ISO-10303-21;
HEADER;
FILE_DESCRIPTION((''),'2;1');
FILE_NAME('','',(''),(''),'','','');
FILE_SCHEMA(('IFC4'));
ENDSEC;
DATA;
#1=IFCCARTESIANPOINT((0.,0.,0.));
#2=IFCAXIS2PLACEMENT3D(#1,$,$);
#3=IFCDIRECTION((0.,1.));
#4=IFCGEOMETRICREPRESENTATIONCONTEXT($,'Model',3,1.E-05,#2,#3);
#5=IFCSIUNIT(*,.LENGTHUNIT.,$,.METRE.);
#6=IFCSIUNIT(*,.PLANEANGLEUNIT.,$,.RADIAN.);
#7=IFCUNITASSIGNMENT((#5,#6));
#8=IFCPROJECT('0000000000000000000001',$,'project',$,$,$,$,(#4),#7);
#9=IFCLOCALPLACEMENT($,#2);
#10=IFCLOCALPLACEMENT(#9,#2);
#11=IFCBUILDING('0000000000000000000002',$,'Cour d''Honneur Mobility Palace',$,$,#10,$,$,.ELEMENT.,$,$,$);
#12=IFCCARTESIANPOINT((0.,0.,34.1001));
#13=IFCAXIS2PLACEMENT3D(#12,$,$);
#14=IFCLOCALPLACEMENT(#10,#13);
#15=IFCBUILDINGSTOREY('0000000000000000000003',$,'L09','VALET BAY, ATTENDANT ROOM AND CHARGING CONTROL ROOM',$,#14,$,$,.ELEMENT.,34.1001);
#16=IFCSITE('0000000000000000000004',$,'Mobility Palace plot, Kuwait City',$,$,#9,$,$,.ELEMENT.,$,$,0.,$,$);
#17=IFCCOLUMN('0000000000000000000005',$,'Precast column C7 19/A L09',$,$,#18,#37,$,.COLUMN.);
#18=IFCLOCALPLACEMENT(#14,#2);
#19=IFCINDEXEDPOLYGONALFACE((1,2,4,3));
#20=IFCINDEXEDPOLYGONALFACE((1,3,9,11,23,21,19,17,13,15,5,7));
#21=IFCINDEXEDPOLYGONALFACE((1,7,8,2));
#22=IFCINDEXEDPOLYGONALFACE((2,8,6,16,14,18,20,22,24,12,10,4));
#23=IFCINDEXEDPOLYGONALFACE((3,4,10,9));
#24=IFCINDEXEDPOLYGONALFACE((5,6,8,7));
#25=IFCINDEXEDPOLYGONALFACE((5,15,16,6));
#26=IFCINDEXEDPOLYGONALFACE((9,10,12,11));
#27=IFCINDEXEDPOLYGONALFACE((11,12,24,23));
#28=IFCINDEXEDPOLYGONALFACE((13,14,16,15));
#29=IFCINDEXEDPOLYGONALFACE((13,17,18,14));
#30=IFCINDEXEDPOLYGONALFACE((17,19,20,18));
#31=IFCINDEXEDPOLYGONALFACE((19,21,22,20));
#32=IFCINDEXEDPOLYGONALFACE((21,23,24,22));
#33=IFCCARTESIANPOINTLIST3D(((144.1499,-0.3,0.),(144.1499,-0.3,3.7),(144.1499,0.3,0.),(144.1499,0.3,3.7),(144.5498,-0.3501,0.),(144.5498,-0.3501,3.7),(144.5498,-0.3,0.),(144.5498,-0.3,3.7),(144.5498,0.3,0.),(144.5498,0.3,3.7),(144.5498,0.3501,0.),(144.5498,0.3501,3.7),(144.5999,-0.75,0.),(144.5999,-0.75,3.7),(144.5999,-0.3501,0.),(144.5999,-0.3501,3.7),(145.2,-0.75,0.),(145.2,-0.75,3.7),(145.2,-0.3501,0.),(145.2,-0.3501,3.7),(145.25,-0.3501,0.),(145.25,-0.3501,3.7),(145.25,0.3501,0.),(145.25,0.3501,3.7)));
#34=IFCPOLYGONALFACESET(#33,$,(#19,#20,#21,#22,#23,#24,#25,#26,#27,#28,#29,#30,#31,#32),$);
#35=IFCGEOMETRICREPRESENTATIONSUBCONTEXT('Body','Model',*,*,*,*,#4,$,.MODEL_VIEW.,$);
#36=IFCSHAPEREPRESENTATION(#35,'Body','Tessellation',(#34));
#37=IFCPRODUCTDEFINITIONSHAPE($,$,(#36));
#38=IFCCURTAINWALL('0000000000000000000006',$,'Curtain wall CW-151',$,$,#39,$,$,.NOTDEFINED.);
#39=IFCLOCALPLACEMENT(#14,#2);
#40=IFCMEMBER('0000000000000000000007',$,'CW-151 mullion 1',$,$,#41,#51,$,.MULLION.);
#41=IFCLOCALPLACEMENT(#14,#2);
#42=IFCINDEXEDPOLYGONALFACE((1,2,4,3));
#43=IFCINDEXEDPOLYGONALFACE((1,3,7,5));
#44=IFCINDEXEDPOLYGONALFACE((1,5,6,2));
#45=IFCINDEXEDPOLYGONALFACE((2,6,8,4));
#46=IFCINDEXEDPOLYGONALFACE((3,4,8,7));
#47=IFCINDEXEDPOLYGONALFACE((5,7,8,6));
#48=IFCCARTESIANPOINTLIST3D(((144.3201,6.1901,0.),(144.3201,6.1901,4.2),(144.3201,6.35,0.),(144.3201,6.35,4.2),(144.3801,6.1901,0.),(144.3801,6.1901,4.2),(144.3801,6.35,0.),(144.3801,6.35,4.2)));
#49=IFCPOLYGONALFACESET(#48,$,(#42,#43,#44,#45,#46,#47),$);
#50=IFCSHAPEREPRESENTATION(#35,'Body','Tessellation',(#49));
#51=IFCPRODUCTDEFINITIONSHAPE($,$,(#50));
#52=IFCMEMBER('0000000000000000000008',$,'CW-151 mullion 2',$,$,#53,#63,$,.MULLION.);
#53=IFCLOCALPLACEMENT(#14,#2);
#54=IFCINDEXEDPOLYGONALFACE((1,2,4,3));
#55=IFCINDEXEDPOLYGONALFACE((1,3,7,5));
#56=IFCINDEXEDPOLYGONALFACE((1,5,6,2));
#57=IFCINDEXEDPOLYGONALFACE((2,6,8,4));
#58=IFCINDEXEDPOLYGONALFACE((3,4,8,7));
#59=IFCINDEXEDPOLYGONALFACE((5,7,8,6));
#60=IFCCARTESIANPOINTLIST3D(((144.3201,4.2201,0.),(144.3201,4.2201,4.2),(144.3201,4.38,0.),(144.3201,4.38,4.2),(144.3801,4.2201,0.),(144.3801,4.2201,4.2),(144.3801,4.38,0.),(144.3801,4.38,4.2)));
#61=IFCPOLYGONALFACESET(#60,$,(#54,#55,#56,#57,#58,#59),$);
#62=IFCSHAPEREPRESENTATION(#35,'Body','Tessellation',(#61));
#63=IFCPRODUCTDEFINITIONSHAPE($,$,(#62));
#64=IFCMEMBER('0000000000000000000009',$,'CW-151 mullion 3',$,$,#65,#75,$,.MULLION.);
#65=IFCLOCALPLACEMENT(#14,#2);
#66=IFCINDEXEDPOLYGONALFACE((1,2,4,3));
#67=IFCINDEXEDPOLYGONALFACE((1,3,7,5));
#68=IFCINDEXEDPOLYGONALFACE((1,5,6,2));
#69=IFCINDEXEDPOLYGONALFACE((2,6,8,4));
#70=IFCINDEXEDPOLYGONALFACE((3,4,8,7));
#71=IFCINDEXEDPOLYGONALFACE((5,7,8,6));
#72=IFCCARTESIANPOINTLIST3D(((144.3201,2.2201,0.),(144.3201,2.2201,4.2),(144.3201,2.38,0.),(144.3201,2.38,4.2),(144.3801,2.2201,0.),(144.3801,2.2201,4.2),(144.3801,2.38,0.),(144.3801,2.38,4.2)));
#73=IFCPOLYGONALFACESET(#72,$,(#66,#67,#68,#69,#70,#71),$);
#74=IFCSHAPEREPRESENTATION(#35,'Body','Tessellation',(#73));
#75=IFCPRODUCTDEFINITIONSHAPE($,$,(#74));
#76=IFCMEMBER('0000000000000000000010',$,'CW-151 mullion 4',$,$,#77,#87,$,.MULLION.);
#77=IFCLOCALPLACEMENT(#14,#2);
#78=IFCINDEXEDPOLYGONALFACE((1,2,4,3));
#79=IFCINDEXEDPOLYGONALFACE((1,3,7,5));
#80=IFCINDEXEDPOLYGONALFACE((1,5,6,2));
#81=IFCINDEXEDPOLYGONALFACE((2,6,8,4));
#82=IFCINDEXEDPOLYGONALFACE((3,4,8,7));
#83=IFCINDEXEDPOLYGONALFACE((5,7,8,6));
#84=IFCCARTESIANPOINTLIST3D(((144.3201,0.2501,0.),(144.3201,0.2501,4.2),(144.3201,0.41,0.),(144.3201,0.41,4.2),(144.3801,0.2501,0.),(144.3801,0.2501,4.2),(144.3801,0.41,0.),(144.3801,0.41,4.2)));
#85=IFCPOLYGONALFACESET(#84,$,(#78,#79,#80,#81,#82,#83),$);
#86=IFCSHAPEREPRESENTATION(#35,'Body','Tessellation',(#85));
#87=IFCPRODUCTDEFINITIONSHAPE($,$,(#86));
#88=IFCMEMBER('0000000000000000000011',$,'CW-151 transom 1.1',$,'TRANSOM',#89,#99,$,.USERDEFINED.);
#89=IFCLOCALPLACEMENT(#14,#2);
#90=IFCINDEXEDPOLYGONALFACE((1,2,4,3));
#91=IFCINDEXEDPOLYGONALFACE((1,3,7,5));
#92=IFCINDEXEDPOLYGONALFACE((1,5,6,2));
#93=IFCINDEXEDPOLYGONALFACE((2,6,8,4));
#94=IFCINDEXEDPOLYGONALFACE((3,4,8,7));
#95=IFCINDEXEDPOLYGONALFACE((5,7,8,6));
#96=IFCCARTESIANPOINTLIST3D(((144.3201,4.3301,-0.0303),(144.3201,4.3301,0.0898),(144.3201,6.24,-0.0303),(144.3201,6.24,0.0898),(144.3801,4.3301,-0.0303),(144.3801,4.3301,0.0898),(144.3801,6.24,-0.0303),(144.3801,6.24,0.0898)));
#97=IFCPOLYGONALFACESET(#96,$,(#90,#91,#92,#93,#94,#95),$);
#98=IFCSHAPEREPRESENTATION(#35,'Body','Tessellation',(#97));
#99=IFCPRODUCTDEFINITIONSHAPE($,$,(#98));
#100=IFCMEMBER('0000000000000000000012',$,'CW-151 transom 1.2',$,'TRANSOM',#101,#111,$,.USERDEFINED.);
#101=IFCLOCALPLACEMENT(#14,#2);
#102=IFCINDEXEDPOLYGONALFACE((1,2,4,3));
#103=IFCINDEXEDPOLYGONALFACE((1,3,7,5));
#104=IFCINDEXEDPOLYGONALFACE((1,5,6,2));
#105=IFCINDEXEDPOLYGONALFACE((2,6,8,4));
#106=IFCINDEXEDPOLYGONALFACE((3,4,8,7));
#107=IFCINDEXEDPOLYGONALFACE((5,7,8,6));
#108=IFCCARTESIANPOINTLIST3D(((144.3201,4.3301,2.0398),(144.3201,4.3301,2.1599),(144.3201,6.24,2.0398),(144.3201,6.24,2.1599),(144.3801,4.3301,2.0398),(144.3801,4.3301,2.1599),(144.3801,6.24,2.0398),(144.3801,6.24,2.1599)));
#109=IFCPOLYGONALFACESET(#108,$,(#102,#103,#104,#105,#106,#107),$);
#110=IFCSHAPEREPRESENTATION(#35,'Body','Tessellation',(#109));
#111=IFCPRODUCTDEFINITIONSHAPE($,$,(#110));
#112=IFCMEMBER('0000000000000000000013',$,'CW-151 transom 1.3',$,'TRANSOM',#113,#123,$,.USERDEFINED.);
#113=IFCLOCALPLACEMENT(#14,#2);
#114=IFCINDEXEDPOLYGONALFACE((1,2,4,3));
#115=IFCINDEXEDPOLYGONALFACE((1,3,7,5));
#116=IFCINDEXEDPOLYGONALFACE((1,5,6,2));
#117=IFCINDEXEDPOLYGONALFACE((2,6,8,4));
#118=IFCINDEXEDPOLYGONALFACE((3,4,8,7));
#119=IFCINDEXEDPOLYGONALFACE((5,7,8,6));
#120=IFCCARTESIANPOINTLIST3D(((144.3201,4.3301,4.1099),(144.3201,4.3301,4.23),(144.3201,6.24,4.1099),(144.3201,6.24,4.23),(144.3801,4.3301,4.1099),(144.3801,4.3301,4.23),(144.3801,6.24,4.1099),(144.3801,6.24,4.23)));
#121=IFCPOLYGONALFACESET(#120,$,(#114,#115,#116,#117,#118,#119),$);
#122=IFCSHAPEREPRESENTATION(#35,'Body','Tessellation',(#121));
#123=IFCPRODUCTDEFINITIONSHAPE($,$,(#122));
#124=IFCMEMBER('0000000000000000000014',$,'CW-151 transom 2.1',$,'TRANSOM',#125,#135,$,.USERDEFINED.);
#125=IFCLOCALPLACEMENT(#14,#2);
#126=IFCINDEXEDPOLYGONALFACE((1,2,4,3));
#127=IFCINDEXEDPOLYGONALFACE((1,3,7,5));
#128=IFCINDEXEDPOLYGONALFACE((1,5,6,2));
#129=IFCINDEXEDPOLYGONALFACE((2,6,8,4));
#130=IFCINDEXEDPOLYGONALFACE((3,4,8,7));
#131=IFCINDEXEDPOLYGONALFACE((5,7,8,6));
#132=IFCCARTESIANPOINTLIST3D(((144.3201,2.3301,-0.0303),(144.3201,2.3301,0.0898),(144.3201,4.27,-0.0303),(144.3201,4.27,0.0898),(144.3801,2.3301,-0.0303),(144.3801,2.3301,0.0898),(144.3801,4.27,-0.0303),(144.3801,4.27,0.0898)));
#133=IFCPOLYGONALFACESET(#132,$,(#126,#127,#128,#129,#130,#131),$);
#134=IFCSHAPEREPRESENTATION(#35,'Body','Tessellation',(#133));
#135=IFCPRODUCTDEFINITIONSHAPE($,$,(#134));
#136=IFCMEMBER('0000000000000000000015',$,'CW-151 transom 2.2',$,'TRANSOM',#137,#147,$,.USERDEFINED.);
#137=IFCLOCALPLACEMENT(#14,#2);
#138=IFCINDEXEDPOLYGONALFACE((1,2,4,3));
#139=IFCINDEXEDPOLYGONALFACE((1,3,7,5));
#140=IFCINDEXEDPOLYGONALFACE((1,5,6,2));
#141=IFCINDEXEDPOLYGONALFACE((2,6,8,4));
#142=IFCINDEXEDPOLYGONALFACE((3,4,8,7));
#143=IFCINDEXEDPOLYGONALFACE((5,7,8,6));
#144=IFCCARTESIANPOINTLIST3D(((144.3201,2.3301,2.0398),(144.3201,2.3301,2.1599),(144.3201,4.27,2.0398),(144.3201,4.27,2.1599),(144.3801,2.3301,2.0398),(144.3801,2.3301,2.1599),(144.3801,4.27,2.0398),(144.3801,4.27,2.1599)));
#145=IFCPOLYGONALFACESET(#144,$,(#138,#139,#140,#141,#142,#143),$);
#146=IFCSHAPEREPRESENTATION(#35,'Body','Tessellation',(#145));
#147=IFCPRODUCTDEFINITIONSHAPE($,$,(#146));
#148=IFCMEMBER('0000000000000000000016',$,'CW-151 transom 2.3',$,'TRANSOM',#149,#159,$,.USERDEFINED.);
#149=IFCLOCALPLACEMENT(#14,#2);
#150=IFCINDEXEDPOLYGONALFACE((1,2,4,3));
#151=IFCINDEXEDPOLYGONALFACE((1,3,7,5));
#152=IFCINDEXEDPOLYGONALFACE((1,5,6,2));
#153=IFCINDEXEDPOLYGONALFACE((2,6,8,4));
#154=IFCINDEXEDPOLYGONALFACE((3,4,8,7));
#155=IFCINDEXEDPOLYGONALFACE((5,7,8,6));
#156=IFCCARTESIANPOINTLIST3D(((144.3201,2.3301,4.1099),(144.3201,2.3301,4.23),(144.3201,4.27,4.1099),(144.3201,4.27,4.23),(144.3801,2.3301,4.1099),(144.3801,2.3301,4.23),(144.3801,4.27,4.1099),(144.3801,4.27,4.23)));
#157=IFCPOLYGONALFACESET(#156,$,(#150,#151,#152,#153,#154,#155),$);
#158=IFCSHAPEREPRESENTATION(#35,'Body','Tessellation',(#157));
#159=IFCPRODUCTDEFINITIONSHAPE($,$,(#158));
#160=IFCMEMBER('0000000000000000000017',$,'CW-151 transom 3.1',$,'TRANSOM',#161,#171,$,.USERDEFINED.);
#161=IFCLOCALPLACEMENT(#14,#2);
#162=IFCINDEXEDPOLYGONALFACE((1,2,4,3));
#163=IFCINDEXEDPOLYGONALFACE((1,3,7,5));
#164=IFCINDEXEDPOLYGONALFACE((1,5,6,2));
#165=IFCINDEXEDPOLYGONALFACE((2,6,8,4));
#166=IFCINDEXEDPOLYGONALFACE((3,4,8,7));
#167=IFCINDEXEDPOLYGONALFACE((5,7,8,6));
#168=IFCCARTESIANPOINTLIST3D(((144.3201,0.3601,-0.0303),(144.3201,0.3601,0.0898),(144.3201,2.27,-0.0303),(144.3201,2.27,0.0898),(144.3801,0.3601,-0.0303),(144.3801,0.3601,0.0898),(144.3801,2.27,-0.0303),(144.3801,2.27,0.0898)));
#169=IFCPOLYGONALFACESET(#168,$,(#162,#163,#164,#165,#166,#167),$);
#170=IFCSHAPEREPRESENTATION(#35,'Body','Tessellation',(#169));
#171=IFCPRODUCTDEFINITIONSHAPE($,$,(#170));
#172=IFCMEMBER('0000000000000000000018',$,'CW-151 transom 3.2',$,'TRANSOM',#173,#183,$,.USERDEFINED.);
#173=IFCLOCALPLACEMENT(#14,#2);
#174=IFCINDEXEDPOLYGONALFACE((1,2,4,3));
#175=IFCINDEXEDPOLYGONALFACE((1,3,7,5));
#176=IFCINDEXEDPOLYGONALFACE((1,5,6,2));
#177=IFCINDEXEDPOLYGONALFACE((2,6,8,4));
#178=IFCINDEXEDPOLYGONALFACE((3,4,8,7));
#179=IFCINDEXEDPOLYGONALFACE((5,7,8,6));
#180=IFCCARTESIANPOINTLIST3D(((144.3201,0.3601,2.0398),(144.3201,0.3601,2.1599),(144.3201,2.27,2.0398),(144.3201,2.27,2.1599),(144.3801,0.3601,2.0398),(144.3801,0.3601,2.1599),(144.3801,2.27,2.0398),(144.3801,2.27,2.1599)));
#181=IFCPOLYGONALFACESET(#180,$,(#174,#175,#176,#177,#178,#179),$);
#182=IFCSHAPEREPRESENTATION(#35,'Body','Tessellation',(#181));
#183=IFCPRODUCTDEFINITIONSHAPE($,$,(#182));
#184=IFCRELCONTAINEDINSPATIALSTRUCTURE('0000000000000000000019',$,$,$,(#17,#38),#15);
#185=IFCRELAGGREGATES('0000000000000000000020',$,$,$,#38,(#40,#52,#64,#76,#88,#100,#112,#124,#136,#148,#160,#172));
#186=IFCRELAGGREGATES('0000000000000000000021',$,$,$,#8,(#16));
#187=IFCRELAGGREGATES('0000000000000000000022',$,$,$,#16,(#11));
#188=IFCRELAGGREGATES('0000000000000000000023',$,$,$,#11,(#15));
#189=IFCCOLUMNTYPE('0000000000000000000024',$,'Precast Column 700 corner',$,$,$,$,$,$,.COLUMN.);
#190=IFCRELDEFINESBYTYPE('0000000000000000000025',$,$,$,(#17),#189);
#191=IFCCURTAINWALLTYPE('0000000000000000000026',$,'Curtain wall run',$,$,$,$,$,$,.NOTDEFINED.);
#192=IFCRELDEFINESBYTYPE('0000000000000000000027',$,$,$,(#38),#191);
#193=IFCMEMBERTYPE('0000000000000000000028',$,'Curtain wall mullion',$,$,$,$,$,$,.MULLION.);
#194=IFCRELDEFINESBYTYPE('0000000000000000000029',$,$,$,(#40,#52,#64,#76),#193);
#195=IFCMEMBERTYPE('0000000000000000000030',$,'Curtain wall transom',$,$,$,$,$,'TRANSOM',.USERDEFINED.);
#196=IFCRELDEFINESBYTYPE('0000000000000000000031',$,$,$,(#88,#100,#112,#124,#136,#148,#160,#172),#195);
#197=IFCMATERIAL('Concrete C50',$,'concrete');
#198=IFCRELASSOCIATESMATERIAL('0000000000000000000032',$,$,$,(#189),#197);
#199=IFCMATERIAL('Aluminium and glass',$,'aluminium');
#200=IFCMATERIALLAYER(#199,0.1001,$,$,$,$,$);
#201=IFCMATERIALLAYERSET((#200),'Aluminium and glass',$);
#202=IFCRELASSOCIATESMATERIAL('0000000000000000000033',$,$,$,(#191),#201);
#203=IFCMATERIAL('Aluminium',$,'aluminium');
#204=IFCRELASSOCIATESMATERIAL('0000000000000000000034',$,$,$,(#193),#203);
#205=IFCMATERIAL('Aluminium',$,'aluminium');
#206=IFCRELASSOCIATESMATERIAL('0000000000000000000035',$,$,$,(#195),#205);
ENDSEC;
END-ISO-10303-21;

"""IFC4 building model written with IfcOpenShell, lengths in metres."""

from ifc_helpers import new_model, si_unit, direction, frame, origin, origin_2d, place, context, subcontext, project, spatial, polyline, rectangle, outline, extrude, material, layer, layer_set, material_profile, profile_set, type_object, element, aggregate, save


model = new_model("IFC4")

# Units and contexts
model_context = context("Model", 3, precision=1e-05, world=origin(), true_north=direction((0.0, 1.0)))
body_context = subcontext(model_context, "Body", "Model", "MODEL_VIEW")
ifc_project = project(units=[si_unit("LENGTHUNIT", "METRE"), si_unit("PLANEANGLEUNIT", "RADIAN")], contexts=[model_context])

# Site, building, storey
site_placement = place(None, origin())
site = spatial("IfcSite", under=ifc_project, at=site_placement, Name="Mobility Palace plot, Kuwait City", CompositionType="ELEMENT", RefElevation=0.0)
building_placement = place(site_placement, origin())
building = spatial("IfcBuilding", under=site, at=building_placement, Name="Cour d'Honneur Mobility Palace", CompositionType="ELEMENT")
storey_placement = place(building_placement, frame((0.0, 0.0, 34.1001)))
storey = spatial("IfcBuildingStorey", under=building, at=storey_placement, Name="L09", Description="VALET BAY, ATTENDANT ROOM AND CHARGING CONTROL ROOM", CompositionType="ELEMENT", Elevation=34.1001)

# Column
ifc_material_1 = material(Name="Concrete C50", Category="concrete")
ifc_material_profile_1 = material_profile(ifc_material_1, outline(polyline([(-0.3501, -0.3501), (0.3501, -0.3501), (0.3501, -0.3), (0.75, -0.3), (0.75, 0.3), (0.3501, 0.3), (0.3501, 0.3501), (0.3, 0.3501), (0.3, 0.75), (-0.3, 0.75), (-0.3, 0.3501), (-0.3501, 0.3501), (-0.3501, -0.3501)])), Name="PC C700 corner")
ifc_profile_set_1 = profile_set([ifc_material_profile_1], Name="Concrete C50")
column_type = type_object("IfcColumnType", Name="Precast Column 700 corner", PredefinedType="COLUMN", material=ifc_profile_set_1)
column_placement = place(storey_placement, frame((144.8999, 0.0, 0.0), z_axis=(0.0, 0.0, 1.0), x_axis=(-1.0, 0.0, 0.0)))
element("IfcColumn", 1, at=column_placement, inside=storey, type_object=column_type, Name="Precast column C7 19/A L09", PredefinedType="COLUMN", context=body_context, shape_type="SweptSolid", body=[
    extrude(outline(polyline([(-0.3501, -0.3501), (0.3501, -0.3501), (0.3501, -0.3), (0.75, -0.3), (0.75, 0.3), (0.3501, 0.3), (0.3501, 0.3501), (0.3, 0.3501), (0.3, 0.75), (-0.3, 0.75), (-0.3, 0.3501), (-0.3501, 0.3501), (-0.3501, -0.3501)])), origin(), (0.0, 0.0, 1.0), 3.7),
])

# Curtain wall, members
ifc_material_2 = material(Name="Aluminium and glass", Category="aluminium")
ifc_layer_1 = layer(ifc_material_2, 0.1001)
ifc_layer_set_1 = layer_set([ifc_layer_1], Name="Aluminium and glass")
curtain_wall_type = type_object("IfcCurtainWallType", Name="Curtain wall run", PredefinedType="NOTDEFINED", material=ifc_layer_set_1)
curtain_wall_placement = place(storey_placement, origin())
curtain_wall = element("IfcCurtainWall", 2, at=curtain_wall_placement, inside=storey, type_object=curtain_wall_type, Name="Curtain wall CW-151", PredefinedType="NOTDEFINED")
ifc_material_3 = material(Name="Aluminium", Category="aluminium")
ifc_material_profile_2 = material_profile(ifc_material_3, rectangle(XDim=0.0601, YDim=0.1599, at=origin_2d()), Name="Curtain wall mullion")
ifc_profile_set_2 = profile_set([ifc_material_profile_2], Name="Aluminium")
member_type_1 = type_object("IfcMemberType", Name="Curtain wall mullion", PredefinedType="MULLION", material=ifc_profile_set_2)
member_1_placement = place(storey_placement, frame((144.3501, 6.27, 0.0), z_axis=(0.0, 0.0, 1.0), x_axis=(1.0, 0.0, 0.0)))
member_1 = element("IfcMember", 3, at=member_1_placement, type_object=member_type_1, Name="CW-151 mullion 1", PredefinedType="MULLION", context=body_context, shape_type="SweptSolid", body=[
    extrude(rectangle(XDim=0.0601, YDim=0.1599, at=origin_2d()), origin(), (0.0, 0.0, 1.0), 4.2),
])
member_2_placement = place(storey_placement, frame((144.3501, 4.3, 0.0), z_axis=(0.0, 0.0, 1.0), x_axis=(1.0, 0.0, 0.0)))
member_2 = element("IfcMember", 4, at=member_2_placement, type_object=member_type_1, Name="CW-151 mullion 2", PredefinedType="MULLION", context=body_context, shape_type="SweptSolid", body=[
    extrude(rectangle(XDim=0.0601, YDim=0.1599, at=origin_2d()), origin(), (0.0, 0.0, 1.0), 4.2),
])
member_3_placement = place(storey_placement, frame((144.3501, 2.3, 0.0), z_axis=(0.0, 0.0, 1.0), x_axis=(1.0, 0.0, 0.0)))
member_3 = element("IfcMember", 5, at=member_3_placement, type_object=member_type_1, Name="CW-151 mullion 3", PredefinedType="MULLION", context=body_context, shape_type="SweptSolid", body=[
    extrude(rectangle(XDim=0.0601, YDim=0.1599, at=origin_2d()), origin(), (0.0, 0.0, 1.0), 4.2),
])
member_4_placement = place(storey_placement, frame((144.3501, 0.3301, 0.0), z_axis=(0.0, 0.0, 1.0), x_axis=(1.0, 0.0, 0.0)))
member_4 = element("IfcMember", 6, at=member_4_placement, type_object=member_type_1, Name="CW-151 mullion 4", PredefinedType="MULLION", context=body_context, shape_type="SweptSolid", body=[
    extrude(rectangle(XDim=0.0601, YDim=0.1599, at=origin_2d()), origin(), (0.0, 0.0, 1.0), 4.2),
])
ifc_material_4 = material(Name="Aluminium", Category="aluminium")
ifc_material_profile_3 = material_profile(ifc_material_4, rectangle(XDim=0.0601, YDim=0.1201, at=origin_2d()), Name="Curtain wall transom")
ifc_profile_set_3 = profile_set([ifc_material_profile_3], Name="Aluminium")
member_type_2 = type_object("IfcMemberType", Name="Curtain wall transom", ElementType="TRANSOM", PredefinedType="USERDEFINED", material=ifc_profile_set_3)
member_5_placement = place(storey_placement, frame((144.3501, 6.24, 0.0298), z_axis=(0.0, -1.0, 0.0), x_axis=(1.0, 0.0, 0.0)))
member_5 = element("IfcMember", 7, at=member_5_placement, type_object=member_type_2, Name="CW-151 transom 1.1", ObjectType="TRANSOM", PredefinedType="USERDEFINED", context=body_context, shape_type="SweptSolid", body=[
    extrude(rectangle(XDim=0.0601, YDim=0.1201, at=origin_2d()), origin(), (0.0, 0.0, 1.0), 1.9099),
])
member_6_placement = place(storey_placement, frame((144.3501, 6.24, 2.0999), z_axis=(0.0, -1.0, 0.0), x_axis=(1.0, 0.0, 0.0)))
member_6 = element("IfcMember", 8, at=member_6_placement, type_object=member_type_2, Name="CW-151 transom 1.2", ObjectType="TRANSOM", PredefinedType="USERDEFINED", context=body_context, shape_type="SweptSolid", body=[
    extrude(rectangle(XDim=0.0601, YDim=0.1201, at=origin_2d()), origin(), (0.0, 0.0, 1.0), 1.9099),
])
member_7_placement = place(storey_placement, frame((144.3501, 6.24, 4.1699), z_axis=(0.0, -1.0, 0.0), x_axis=(1.0, 0.0, 0.0)))
member_7 = element("IfcMember", 9, at=member_7_placement, type_object=member_type_2, Name="CW-151 transom 1.3", ObjectType="TRANSOM", PredefinedType="USERDEFINED", context=body_context, shape_type="SweptSolid", body=[
    extrude(rectangle(XDim=0.0601, YDim=0.1201, at=origin_2d()), origin(), (0.0, 0.0, 1.0), 1.9099),
])
member_8_placement = place(storey_placement, frame((144.3501, 4.27, 0.0298), z_axis=(0.0, -1.0, 0.0), x_axis=(1.0, 0.0, 0.0)))
member_8 = element("IfcMember", 10, at=member_8_placement, type_object=member_type_2, Name="CW-151 transom 2.1", ObjectType="TRANSOM", PredefinedType="USERDEFINED", context=body_context, shape_type="SweptSolid", body=[
    extrude(rectangle(XDim=0.0601, YDim=0.1201, at=origin_2d()), origin(), (0.0, 0.0, 1.0), 1.9399),
])
member_9_placement = place(storey_placement, frame((144.3501, 4.27, 2.0999), z_axis=(0.0, -1.0, 0.0), x_axis=(1.0, 0.0, 0.0)))
member_9 = element("IfcMember", 11, at=member_9_placement, type_object=member_type_2, Name="CW-151 transom 2.2", ObjectType="TRANSOM", PredefinedType="USERDEFINED", context=body_context, shape_type="SweptSolid", body=[
    extrude(rectangle(XDim=0.0601, YDim=0.1201, at=origin_2d()), origin(), (0.0, 0.0, 1.0), 1.9399),
])
member_10_placement = place(storey_placement, frame((144.3501, 4.27, 4.1699), z_axis=(0.0, -1.0, 0.0), x_axis=(1.0, 0.0, 0.0)))
member_10 = element("IfcMember", 12, at=member_10_placement, type_object=member_type_2, Name="CW-151 transom 2.3", ObjectType="TRANSOM", PredefinedType="USERDEFINED", context=body_context, shape_type="SweptSolid", body=[
    extrude(rectangle(XDim=0.0601, YDim=0.1201, at=origin_2d()), origin(), (0.0, 0.0, 1.0), 1.9399),
])
member_11_placement = place(storey_placement, frame((144.3501, 2.27, 0.0298), z_axis=(0.0, -1.0, 0.0), x_axis=(1.0, 0.0, 0.0)))
member_11 = element("IfcMember", 13, at=member_11_placement, type_object=member_type_2, Name="CW-151 transom 3.1", ObjectType="TRANSOM", PredefinedType="USERDEFINED", context=body_context, shape_type="SweptSolid", body=[
    extrude(rectangle(XDim=0.0601, YDim=0.1201, at=origin_2d()), origin(), (0.0, 0.0, 1.0), 1.9099),
])
member_12_placement = place(storey_placement, frame((144.3501, 2.27, 2.0999), z_axis=(0.0, -1.0, 0.0), x_axis=(1.0, 0.0, 0.0)))
member_12 = element("IfcMember", 14, at=member_12_placement, type_object=member_type_2, Name="CW-151 transom 3.2", ObjectType="TRANSOM", PredefinedType="USERDEFINED", context=body_context, shape_type="SweptSolid", body=[
    extrude(rectangle(XDim=0.0601, YDim=0.1201, at=origin_2d()), origin(), (0.0, 0.0, 1.0), 1.9099),
])
aggregate(curtain_wall, [member_1, member_2, member_3, member_4, member_5, member_6, member_7, member_8, member_9, member_10, member_11, member_12])

save(model, "model.ifc")
